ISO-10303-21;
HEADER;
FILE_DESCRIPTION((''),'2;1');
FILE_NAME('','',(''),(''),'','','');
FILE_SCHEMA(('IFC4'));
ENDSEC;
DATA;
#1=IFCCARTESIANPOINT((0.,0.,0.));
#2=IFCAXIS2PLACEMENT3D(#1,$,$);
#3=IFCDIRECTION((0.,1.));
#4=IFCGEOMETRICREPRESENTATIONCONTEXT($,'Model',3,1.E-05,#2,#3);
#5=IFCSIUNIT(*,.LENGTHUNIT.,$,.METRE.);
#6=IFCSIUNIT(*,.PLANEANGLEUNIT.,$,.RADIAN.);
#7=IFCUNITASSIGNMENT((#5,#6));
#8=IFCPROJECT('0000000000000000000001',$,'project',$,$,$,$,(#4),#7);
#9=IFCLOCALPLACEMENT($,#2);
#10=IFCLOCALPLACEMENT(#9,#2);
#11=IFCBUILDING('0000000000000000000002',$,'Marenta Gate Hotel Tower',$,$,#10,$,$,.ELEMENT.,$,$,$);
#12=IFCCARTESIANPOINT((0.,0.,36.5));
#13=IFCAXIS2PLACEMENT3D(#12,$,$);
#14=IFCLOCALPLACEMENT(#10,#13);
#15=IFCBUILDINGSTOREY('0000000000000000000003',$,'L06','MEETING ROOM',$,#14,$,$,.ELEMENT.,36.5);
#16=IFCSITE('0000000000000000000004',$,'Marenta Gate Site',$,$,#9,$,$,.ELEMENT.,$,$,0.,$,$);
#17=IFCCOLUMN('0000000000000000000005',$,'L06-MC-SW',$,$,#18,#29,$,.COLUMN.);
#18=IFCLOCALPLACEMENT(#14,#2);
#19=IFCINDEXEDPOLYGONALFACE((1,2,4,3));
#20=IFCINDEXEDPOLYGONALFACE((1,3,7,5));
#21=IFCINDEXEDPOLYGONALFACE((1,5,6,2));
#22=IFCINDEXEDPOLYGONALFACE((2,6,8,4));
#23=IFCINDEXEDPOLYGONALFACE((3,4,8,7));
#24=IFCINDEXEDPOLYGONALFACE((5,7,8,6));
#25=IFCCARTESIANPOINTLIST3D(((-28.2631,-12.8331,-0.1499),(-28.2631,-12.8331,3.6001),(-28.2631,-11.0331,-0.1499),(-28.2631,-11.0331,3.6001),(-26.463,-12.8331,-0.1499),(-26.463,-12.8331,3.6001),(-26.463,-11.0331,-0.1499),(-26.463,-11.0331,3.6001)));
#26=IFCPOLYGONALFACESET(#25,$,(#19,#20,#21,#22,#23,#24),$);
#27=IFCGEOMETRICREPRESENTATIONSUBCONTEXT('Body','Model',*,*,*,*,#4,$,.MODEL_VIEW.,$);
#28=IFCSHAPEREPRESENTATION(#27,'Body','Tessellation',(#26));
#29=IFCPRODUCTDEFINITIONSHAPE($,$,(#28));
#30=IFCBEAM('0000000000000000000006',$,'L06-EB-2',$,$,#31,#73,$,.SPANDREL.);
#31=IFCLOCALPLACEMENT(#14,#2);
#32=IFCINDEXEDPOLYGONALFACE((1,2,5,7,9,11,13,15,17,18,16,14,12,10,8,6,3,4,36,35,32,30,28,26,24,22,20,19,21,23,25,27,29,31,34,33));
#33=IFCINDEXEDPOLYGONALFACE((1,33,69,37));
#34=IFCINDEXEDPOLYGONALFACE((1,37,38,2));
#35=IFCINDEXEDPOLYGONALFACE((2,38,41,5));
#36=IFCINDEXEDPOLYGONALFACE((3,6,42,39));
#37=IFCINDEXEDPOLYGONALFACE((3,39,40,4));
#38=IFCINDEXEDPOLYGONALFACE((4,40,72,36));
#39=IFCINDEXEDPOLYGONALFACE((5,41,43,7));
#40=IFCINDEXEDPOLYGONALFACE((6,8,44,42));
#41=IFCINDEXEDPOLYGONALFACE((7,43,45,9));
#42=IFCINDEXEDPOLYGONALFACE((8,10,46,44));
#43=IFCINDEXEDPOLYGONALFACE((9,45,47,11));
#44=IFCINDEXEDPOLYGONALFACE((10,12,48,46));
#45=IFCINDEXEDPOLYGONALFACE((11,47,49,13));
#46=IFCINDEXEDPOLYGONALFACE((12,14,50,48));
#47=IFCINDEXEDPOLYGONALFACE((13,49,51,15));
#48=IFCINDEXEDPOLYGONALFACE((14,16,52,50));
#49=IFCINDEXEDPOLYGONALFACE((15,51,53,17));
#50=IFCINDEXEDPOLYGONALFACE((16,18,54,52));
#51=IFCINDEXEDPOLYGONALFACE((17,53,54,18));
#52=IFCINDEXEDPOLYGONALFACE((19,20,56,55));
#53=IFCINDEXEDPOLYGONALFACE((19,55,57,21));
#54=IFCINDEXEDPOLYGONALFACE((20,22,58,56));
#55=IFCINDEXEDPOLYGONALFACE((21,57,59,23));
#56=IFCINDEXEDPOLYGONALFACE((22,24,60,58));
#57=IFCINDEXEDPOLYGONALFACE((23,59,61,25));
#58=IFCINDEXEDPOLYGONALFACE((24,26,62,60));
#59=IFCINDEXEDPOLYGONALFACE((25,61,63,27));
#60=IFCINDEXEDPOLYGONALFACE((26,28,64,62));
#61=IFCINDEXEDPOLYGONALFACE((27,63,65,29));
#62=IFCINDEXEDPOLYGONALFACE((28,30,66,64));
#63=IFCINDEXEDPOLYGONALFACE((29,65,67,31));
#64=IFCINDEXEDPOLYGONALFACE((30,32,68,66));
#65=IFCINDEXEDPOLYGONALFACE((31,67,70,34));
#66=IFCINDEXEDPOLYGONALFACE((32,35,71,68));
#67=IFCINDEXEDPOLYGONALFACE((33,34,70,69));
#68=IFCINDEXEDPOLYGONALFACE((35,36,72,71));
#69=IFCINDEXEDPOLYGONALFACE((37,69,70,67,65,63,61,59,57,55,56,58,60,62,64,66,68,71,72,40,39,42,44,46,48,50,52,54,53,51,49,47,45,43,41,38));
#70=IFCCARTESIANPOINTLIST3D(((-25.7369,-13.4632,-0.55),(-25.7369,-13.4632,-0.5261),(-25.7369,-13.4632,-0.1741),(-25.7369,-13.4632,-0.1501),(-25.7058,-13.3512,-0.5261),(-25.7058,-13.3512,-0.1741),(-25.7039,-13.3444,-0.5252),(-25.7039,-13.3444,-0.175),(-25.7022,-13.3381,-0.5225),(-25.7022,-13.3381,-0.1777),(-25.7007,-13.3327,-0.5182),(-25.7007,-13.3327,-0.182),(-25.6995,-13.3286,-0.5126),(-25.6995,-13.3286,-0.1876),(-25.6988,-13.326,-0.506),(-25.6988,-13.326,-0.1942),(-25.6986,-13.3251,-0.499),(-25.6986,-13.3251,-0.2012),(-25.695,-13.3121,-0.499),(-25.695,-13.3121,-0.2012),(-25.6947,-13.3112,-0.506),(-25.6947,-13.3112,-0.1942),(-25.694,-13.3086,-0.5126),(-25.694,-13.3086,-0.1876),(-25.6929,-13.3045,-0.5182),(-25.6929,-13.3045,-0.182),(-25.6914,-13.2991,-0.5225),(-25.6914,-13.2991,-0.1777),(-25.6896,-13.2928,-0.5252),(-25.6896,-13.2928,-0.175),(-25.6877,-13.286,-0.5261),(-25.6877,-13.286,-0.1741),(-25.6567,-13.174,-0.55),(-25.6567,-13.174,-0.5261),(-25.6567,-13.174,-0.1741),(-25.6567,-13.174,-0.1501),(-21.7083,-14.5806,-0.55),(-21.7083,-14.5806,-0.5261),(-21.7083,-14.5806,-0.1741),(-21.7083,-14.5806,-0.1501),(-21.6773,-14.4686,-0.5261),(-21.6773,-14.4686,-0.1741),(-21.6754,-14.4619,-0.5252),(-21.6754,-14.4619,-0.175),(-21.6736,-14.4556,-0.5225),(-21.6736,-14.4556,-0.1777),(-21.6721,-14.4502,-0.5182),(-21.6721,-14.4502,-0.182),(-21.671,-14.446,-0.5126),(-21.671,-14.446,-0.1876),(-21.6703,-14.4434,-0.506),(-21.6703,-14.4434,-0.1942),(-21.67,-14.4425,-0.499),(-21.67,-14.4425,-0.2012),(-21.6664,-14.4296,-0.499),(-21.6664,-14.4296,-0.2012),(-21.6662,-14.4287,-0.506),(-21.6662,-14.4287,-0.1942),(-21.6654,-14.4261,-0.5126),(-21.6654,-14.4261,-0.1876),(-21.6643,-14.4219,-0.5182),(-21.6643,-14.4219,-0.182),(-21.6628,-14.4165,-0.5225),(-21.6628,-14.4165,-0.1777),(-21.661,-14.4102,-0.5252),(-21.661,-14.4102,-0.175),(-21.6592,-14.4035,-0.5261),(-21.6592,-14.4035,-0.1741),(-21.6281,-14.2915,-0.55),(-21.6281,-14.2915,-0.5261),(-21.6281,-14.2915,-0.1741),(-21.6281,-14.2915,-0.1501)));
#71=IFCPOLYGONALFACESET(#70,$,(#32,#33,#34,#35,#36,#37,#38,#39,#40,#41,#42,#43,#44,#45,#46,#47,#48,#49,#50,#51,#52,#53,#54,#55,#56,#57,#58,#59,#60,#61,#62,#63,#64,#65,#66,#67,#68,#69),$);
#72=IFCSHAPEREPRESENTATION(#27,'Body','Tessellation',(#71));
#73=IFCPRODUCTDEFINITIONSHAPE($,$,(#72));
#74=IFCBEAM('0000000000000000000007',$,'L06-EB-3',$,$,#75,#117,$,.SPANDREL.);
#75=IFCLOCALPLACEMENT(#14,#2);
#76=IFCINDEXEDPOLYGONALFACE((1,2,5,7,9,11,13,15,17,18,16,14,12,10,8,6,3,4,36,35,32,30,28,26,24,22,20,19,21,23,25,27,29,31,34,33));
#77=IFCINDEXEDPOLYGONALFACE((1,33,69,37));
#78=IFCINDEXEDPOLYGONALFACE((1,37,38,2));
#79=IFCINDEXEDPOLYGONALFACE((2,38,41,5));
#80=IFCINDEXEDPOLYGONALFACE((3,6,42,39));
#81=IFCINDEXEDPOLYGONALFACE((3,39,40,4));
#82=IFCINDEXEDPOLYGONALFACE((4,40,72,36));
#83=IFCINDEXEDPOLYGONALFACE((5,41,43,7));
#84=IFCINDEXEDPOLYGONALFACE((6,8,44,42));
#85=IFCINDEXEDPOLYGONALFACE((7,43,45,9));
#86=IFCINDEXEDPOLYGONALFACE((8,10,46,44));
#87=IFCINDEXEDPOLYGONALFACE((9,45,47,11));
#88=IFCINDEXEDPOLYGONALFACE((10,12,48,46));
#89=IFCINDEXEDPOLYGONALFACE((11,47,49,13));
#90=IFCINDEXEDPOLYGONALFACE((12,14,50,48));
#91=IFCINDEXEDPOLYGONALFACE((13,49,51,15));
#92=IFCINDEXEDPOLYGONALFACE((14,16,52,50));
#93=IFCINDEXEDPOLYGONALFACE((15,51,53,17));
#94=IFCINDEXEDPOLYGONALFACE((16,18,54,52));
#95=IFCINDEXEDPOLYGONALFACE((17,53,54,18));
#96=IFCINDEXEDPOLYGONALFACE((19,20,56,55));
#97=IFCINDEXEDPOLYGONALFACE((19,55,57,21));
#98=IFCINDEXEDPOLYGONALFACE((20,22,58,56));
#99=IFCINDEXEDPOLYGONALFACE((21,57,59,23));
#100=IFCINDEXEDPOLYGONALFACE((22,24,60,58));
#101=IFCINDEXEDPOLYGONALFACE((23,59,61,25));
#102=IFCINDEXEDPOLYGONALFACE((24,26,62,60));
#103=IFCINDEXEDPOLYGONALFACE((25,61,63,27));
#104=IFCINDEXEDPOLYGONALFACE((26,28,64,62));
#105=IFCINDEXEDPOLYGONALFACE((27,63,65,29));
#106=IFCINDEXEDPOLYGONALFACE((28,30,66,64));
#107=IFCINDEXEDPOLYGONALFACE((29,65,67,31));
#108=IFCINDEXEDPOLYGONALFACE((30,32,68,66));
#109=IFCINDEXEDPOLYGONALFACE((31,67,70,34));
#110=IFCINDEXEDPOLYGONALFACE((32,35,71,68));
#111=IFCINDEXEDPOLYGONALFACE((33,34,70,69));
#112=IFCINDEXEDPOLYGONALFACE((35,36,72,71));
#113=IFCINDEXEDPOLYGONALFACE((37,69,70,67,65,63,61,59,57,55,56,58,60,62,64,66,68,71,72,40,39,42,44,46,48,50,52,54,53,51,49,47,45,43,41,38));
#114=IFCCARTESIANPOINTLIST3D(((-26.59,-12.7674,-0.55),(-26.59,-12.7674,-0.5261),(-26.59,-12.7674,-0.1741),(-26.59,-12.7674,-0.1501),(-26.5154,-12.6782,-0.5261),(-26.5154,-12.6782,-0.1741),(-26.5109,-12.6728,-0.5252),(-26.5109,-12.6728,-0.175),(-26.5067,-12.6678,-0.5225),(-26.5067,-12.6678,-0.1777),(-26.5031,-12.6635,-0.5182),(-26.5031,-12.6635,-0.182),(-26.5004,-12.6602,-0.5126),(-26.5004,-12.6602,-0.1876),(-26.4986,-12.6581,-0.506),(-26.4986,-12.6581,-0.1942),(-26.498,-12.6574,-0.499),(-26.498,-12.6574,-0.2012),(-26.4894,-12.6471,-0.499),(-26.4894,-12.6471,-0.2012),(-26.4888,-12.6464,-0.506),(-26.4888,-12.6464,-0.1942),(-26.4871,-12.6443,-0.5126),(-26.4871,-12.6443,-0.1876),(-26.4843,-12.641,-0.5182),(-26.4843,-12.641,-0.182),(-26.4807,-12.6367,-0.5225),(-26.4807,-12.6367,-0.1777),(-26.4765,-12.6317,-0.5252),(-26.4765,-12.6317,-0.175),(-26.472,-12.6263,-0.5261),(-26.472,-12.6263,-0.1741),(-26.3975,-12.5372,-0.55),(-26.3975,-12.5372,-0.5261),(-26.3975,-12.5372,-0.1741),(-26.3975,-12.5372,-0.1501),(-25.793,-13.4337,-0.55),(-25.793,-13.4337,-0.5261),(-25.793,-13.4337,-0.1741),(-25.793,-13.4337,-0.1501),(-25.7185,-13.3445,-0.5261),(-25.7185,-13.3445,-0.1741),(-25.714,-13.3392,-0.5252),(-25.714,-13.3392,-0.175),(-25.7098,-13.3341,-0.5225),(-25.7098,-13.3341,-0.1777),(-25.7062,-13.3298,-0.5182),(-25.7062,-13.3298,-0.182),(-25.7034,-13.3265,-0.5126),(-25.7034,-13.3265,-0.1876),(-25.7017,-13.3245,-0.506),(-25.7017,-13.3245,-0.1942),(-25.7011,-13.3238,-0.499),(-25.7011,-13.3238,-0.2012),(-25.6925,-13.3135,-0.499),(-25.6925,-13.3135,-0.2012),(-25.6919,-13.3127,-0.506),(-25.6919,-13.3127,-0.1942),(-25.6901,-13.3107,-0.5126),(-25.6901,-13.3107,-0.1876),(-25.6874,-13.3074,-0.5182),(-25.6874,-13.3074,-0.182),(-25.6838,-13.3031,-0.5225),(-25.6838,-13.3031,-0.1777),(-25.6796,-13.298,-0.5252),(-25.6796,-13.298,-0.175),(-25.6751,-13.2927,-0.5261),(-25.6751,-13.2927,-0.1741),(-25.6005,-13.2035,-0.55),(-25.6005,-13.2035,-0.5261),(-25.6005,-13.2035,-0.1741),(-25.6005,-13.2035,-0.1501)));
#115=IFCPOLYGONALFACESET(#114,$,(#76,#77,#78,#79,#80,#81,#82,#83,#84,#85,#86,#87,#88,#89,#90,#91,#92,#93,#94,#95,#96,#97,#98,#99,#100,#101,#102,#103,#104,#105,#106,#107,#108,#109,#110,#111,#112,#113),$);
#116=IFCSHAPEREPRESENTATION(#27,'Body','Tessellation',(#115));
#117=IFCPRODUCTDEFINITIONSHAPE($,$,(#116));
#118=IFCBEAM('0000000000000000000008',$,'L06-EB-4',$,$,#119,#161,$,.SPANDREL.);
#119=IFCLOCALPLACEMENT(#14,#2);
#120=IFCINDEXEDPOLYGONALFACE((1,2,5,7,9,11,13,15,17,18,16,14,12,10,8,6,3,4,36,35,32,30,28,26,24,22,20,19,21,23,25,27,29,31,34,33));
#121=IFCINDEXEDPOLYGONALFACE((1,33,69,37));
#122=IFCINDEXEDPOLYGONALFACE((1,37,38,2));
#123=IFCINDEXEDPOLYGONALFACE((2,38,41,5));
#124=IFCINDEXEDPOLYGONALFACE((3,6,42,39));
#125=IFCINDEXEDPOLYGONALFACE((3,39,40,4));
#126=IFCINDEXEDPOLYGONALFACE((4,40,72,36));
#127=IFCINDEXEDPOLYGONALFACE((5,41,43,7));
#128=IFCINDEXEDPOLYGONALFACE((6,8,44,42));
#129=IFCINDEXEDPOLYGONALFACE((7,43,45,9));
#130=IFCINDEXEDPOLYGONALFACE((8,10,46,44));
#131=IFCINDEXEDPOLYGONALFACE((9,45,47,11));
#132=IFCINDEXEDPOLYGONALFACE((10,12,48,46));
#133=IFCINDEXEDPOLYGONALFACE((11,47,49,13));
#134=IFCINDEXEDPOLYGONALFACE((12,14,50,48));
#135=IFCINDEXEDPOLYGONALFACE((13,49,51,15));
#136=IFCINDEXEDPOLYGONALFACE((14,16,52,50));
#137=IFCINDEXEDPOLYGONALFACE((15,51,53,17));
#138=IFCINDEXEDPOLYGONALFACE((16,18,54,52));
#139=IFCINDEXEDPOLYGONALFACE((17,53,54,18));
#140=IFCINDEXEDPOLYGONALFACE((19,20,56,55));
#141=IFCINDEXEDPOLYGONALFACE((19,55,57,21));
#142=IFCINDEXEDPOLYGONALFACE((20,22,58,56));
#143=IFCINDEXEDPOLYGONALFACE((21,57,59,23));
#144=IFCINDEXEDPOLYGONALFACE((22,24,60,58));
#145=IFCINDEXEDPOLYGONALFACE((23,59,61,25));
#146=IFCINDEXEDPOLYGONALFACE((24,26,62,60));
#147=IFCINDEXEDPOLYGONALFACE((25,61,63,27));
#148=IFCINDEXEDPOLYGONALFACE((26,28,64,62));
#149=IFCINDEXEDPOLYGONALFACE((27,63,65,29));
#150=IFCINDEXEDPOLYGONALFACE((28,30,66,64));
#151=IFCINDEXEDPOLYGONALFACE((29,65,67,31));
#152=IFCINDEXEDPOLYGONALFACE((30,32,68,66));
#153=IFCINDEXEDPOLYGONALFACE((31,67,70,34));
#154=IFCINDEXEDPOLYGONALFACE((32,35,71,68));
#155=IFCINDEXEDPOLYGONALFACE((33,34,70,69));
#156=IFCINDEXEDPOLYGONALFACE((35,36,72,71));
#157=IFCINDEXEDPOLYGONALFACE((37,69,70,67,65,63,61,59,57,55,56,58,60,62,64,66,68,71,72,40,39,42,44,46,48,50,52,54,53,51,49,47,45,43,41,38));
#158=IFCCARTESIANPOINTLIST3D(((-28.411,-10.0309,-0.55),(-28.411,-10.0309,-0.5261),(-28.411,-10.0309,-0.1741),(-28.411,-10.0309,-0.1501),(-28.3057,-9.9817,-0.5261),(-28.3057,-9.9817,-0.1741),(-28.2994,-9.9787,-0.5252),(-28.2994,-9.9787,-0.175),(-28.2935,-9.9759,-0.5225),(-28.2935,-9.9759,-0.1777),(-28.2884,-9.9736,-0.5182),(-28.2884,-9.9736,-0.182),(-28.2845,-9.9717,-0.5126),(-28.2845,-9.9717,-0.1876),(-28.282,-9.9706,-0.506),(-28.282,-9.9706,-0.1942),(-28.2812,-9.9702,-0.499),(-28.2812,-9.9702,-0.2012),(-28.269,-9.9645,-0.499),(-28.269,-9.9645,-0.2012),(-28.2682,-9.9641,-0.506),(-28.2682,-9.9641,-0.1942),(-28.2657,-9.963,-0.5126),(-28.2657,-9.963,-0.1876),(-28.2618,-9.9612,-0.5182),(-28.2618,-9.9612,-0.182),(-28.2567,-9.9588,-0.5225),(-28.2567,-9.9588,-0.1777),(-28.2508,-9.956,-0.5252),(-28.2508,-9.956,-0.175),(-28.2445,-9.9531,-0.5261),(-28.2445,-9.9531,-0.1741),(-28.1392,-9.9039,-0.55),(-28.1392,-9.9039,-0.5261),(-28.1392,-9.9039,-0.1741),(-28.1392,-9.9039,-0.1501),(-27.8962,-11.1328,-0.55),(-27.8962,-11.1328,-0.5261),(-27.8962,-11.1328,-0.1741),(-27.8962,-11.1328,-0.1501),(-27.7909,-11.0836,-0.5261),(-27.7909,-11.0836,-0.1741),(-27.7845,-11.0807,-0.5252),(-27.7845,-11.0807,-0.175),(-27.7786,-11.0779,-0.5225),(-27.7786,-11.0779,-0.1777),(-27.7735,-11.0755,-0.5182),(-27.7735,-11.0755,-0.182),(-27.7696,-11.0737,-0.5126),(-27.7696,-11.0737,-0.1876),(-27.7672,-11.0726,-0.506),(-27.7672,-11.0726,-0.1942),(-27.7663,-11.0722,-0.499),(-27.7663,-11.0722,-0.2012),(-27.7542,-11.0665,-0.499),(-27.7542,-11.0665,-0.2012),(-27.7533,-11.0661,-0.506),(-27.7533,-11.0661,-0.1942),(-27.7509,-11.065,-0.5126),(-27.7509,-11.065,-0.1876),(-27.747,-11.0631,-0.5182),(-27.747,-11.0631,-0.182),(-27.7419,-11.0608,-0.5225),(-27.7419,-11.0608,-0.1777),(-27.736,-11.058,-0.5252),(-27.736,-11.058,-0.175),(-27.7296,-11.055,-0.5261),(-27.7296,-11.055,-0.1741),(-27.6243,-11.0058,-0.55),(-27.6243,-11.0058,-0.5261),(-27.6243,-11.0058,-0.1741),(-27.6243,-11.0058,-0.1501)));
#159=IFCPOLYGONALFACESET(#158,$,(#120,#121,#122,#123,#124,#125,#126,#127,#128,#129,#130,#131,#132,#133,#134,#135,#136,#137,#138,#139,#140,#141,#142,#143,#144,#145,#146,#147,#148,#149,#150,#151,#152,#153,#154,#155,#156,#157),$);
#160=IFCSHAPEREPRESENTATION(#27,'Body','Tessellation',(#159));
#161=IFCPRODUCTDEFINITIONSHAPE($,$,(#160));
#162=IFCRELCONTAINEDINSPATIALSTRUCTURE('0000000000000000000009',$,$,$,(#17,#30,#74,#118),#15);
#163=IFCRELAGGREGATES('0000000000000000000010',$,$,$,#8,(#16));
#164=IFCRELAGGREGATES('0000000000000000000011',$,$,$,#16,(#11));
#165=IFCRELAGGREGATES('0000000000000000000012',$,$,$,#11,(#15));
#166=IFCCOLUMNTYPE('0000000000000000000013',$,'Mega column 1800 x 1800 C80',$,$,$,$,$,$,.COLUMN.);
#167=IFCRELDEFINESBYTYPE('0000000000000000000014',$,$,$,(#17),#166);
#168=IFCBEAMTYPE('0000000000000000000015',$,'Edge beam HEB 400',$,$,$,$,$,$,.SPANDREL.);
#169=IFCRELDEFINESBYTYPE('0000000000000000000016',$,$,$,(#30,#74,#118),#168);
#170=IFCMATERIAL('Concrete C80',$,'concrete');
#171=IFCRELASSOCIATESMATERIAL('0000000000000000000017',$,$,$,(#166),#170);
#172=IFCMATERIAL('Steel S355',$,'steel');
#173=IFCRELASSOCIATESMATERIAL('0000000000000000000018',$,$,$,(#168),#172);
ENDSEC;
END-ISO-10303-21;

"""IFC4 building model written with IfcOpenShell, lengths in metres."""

from ifc_helpers import new_model, si_unit, direction, frame, origin, origin_2d, place, context, subcontext, project, spatial, rectangle, i_section, extrude, material, material_profile, profile_set, type_object, element, save


model = new_model("IFC4")

# Units and contexts
model_context = context("Model", 3, precision=1e-05, world=origin(), true_north=direction((0.0, 1.0)))
body_context = subcontext(model_context, "Body", "Model", "MODEL_VIEW")
ifc_project = project(units=[si_unit("LENGTHUNIT", "METRE"), si_unit("PLANEANGLEUNIT", "RADIAN")], contexts=[model_context])

# Site, building, storey
site_placement = place(None, origin())
site = spatial("IfcSite", under=ifc_project, at=site_placement, Name="Marenta Gate Site", CompositionType="ELEMENT", RefElevation=0.0)
building_placement = place(site_placement, origin())
building = spatial("IfcBuilding", under=site, at=building_placement, Name="Marenta Gate Hotel Tower", CompositionType="ELEMENT")
storey_placement = place(building_placement, frame((0.0, 0.0, 36.5)))
storey = spatial("IfcBuildingStorey", under=building, at=storey_placement, Name="L06", Description="MEETING ROOM", CompositionType="ELEMENT", Elevation=36.5)

# Column
ifc_material_1 = material(Name="Concrete C80", Category="concrete")
ifc_material_profile_1 = material_profile(ifc_material_1, rectangle(XDim=1.8, YDim=1.8, at=origin_2d()), Name="1800 x 1800")
ifc_profile_set_1 = profile_set([ifc_material_profile_1], Name="Concrete C80")
column_type = type_object("IfcColumnType", Name="Mega column 1800 x 1800 C80", PredefinedType="COLUMN", material=ifc_profile_set_1)
column_placement = place(storey_placement, frame((-27.363, -11.9331, -0.1499), z_axis=(0.0, 0.0, 1.0), x_axis=(1.0, 0.0, 0.0)))
element("IfcColumn", 1, at=column_placement, inside=storey, type_object=column_type, Name="L06-MC-SW", PredefinedType="COLUMN", context=body_context, shape_type="SweptSolid", body=[
    extrude(rectangle(XDim=1.8, YDim=1.8, at=origin_2d()), origin(), (0.0, 0.0, 1.0), 3.75),
])

# Beams
ifc_material_2 = material(Name="Steel S355", Category="steel")
ifc_material_profile_2 = material_profile(ifc_material_2, i_section(OverallWidth=0.3, OverallDepth=0.3999, WebThickness=0.0134, FlangeThickness=0.0239, FilletRadius=0.0271, at=origin_2d()), Name="HEB 400")
ifc_profile_set_2 = profile_set([ifc_material_profile_2], Name="Steel S355")
beam_type_1 = type_object("IfcBeamType", Name="Edge beam HEB 400", PredefinedType="SPANDREL", material=ifc_profile_set_2)
beam_1_placement = place(storey_placement, frame((-21.6682, -14.436, -0.3501), z_axis=(-0.963617, 0.267285, 0.0), x_axis=(-0.267285, -0.963617, 0.0)))
element("IfcBeam", 2, at=beam_1_placement, inside=storey, type_object=beam_type_1, Name="L06-EB-2", PredefinedType="SPANDREL", context=body_context, shape_type="SweptSolid", body=[
    extrude(i_section(OverallWidth=0.3, OverallDepth=0.3999, WebThickness=0.0134, FlangeThickness=0.0239, FilletRadius=0.0271, at=origin_2d()), origin(), (0.0, 0.0, 1.0), 4.1807),
])
beam_2_placement = place(storey_placement, frame((-25.6968, -13.3186, -0.3501), z_axis=(-0.76718, 0.641432, 0.0), x_axis=(-0.641432, -0.76718, 0.0)))
element("IfcBeam", 3, at=beam_2_placement, inside=storey, type_object=beam_type_1, Name="L06-EB-3", PredefinedType="SPANDREL", context=body_context, shape_type="SweptSolid", body=[
    extrude(i_section(OverallWidth=0.3, OverallDepth=0.3999, WebThickness=0.0134, FlangeThickness=0.0239, FilletRadius=0.0271, at=origin_2d()), origin(), (0.0, 0.0, 1.0), 1.0388),
])
beam_3_placement = place(storey_placement, frame((-27.7603, -11.0693, -0.3501), z_axis=(-0.423292, 0.905993, 0.0), x_axis=(-0.905993, -0.423292, 0.0)))
element("IfcBeam", 4, at=beam_3_placement, inside=storey, type_object=beam_type_1, Name="L06-EB-4", PredefinedType="SPANDREL", context=body_context, shape_type="SweptSolid", body=[
    extrude(i_section(OverallWidth=0.3, OverallDepth=0.3999, WebThickness=0.0134, FlangeThickness=0.0239, FilletRadius=0.0271, at=origin_2d()), origin(), (0.0, 0.0, 1.0), 1.2163),
])

save(model, "model.ifc")
